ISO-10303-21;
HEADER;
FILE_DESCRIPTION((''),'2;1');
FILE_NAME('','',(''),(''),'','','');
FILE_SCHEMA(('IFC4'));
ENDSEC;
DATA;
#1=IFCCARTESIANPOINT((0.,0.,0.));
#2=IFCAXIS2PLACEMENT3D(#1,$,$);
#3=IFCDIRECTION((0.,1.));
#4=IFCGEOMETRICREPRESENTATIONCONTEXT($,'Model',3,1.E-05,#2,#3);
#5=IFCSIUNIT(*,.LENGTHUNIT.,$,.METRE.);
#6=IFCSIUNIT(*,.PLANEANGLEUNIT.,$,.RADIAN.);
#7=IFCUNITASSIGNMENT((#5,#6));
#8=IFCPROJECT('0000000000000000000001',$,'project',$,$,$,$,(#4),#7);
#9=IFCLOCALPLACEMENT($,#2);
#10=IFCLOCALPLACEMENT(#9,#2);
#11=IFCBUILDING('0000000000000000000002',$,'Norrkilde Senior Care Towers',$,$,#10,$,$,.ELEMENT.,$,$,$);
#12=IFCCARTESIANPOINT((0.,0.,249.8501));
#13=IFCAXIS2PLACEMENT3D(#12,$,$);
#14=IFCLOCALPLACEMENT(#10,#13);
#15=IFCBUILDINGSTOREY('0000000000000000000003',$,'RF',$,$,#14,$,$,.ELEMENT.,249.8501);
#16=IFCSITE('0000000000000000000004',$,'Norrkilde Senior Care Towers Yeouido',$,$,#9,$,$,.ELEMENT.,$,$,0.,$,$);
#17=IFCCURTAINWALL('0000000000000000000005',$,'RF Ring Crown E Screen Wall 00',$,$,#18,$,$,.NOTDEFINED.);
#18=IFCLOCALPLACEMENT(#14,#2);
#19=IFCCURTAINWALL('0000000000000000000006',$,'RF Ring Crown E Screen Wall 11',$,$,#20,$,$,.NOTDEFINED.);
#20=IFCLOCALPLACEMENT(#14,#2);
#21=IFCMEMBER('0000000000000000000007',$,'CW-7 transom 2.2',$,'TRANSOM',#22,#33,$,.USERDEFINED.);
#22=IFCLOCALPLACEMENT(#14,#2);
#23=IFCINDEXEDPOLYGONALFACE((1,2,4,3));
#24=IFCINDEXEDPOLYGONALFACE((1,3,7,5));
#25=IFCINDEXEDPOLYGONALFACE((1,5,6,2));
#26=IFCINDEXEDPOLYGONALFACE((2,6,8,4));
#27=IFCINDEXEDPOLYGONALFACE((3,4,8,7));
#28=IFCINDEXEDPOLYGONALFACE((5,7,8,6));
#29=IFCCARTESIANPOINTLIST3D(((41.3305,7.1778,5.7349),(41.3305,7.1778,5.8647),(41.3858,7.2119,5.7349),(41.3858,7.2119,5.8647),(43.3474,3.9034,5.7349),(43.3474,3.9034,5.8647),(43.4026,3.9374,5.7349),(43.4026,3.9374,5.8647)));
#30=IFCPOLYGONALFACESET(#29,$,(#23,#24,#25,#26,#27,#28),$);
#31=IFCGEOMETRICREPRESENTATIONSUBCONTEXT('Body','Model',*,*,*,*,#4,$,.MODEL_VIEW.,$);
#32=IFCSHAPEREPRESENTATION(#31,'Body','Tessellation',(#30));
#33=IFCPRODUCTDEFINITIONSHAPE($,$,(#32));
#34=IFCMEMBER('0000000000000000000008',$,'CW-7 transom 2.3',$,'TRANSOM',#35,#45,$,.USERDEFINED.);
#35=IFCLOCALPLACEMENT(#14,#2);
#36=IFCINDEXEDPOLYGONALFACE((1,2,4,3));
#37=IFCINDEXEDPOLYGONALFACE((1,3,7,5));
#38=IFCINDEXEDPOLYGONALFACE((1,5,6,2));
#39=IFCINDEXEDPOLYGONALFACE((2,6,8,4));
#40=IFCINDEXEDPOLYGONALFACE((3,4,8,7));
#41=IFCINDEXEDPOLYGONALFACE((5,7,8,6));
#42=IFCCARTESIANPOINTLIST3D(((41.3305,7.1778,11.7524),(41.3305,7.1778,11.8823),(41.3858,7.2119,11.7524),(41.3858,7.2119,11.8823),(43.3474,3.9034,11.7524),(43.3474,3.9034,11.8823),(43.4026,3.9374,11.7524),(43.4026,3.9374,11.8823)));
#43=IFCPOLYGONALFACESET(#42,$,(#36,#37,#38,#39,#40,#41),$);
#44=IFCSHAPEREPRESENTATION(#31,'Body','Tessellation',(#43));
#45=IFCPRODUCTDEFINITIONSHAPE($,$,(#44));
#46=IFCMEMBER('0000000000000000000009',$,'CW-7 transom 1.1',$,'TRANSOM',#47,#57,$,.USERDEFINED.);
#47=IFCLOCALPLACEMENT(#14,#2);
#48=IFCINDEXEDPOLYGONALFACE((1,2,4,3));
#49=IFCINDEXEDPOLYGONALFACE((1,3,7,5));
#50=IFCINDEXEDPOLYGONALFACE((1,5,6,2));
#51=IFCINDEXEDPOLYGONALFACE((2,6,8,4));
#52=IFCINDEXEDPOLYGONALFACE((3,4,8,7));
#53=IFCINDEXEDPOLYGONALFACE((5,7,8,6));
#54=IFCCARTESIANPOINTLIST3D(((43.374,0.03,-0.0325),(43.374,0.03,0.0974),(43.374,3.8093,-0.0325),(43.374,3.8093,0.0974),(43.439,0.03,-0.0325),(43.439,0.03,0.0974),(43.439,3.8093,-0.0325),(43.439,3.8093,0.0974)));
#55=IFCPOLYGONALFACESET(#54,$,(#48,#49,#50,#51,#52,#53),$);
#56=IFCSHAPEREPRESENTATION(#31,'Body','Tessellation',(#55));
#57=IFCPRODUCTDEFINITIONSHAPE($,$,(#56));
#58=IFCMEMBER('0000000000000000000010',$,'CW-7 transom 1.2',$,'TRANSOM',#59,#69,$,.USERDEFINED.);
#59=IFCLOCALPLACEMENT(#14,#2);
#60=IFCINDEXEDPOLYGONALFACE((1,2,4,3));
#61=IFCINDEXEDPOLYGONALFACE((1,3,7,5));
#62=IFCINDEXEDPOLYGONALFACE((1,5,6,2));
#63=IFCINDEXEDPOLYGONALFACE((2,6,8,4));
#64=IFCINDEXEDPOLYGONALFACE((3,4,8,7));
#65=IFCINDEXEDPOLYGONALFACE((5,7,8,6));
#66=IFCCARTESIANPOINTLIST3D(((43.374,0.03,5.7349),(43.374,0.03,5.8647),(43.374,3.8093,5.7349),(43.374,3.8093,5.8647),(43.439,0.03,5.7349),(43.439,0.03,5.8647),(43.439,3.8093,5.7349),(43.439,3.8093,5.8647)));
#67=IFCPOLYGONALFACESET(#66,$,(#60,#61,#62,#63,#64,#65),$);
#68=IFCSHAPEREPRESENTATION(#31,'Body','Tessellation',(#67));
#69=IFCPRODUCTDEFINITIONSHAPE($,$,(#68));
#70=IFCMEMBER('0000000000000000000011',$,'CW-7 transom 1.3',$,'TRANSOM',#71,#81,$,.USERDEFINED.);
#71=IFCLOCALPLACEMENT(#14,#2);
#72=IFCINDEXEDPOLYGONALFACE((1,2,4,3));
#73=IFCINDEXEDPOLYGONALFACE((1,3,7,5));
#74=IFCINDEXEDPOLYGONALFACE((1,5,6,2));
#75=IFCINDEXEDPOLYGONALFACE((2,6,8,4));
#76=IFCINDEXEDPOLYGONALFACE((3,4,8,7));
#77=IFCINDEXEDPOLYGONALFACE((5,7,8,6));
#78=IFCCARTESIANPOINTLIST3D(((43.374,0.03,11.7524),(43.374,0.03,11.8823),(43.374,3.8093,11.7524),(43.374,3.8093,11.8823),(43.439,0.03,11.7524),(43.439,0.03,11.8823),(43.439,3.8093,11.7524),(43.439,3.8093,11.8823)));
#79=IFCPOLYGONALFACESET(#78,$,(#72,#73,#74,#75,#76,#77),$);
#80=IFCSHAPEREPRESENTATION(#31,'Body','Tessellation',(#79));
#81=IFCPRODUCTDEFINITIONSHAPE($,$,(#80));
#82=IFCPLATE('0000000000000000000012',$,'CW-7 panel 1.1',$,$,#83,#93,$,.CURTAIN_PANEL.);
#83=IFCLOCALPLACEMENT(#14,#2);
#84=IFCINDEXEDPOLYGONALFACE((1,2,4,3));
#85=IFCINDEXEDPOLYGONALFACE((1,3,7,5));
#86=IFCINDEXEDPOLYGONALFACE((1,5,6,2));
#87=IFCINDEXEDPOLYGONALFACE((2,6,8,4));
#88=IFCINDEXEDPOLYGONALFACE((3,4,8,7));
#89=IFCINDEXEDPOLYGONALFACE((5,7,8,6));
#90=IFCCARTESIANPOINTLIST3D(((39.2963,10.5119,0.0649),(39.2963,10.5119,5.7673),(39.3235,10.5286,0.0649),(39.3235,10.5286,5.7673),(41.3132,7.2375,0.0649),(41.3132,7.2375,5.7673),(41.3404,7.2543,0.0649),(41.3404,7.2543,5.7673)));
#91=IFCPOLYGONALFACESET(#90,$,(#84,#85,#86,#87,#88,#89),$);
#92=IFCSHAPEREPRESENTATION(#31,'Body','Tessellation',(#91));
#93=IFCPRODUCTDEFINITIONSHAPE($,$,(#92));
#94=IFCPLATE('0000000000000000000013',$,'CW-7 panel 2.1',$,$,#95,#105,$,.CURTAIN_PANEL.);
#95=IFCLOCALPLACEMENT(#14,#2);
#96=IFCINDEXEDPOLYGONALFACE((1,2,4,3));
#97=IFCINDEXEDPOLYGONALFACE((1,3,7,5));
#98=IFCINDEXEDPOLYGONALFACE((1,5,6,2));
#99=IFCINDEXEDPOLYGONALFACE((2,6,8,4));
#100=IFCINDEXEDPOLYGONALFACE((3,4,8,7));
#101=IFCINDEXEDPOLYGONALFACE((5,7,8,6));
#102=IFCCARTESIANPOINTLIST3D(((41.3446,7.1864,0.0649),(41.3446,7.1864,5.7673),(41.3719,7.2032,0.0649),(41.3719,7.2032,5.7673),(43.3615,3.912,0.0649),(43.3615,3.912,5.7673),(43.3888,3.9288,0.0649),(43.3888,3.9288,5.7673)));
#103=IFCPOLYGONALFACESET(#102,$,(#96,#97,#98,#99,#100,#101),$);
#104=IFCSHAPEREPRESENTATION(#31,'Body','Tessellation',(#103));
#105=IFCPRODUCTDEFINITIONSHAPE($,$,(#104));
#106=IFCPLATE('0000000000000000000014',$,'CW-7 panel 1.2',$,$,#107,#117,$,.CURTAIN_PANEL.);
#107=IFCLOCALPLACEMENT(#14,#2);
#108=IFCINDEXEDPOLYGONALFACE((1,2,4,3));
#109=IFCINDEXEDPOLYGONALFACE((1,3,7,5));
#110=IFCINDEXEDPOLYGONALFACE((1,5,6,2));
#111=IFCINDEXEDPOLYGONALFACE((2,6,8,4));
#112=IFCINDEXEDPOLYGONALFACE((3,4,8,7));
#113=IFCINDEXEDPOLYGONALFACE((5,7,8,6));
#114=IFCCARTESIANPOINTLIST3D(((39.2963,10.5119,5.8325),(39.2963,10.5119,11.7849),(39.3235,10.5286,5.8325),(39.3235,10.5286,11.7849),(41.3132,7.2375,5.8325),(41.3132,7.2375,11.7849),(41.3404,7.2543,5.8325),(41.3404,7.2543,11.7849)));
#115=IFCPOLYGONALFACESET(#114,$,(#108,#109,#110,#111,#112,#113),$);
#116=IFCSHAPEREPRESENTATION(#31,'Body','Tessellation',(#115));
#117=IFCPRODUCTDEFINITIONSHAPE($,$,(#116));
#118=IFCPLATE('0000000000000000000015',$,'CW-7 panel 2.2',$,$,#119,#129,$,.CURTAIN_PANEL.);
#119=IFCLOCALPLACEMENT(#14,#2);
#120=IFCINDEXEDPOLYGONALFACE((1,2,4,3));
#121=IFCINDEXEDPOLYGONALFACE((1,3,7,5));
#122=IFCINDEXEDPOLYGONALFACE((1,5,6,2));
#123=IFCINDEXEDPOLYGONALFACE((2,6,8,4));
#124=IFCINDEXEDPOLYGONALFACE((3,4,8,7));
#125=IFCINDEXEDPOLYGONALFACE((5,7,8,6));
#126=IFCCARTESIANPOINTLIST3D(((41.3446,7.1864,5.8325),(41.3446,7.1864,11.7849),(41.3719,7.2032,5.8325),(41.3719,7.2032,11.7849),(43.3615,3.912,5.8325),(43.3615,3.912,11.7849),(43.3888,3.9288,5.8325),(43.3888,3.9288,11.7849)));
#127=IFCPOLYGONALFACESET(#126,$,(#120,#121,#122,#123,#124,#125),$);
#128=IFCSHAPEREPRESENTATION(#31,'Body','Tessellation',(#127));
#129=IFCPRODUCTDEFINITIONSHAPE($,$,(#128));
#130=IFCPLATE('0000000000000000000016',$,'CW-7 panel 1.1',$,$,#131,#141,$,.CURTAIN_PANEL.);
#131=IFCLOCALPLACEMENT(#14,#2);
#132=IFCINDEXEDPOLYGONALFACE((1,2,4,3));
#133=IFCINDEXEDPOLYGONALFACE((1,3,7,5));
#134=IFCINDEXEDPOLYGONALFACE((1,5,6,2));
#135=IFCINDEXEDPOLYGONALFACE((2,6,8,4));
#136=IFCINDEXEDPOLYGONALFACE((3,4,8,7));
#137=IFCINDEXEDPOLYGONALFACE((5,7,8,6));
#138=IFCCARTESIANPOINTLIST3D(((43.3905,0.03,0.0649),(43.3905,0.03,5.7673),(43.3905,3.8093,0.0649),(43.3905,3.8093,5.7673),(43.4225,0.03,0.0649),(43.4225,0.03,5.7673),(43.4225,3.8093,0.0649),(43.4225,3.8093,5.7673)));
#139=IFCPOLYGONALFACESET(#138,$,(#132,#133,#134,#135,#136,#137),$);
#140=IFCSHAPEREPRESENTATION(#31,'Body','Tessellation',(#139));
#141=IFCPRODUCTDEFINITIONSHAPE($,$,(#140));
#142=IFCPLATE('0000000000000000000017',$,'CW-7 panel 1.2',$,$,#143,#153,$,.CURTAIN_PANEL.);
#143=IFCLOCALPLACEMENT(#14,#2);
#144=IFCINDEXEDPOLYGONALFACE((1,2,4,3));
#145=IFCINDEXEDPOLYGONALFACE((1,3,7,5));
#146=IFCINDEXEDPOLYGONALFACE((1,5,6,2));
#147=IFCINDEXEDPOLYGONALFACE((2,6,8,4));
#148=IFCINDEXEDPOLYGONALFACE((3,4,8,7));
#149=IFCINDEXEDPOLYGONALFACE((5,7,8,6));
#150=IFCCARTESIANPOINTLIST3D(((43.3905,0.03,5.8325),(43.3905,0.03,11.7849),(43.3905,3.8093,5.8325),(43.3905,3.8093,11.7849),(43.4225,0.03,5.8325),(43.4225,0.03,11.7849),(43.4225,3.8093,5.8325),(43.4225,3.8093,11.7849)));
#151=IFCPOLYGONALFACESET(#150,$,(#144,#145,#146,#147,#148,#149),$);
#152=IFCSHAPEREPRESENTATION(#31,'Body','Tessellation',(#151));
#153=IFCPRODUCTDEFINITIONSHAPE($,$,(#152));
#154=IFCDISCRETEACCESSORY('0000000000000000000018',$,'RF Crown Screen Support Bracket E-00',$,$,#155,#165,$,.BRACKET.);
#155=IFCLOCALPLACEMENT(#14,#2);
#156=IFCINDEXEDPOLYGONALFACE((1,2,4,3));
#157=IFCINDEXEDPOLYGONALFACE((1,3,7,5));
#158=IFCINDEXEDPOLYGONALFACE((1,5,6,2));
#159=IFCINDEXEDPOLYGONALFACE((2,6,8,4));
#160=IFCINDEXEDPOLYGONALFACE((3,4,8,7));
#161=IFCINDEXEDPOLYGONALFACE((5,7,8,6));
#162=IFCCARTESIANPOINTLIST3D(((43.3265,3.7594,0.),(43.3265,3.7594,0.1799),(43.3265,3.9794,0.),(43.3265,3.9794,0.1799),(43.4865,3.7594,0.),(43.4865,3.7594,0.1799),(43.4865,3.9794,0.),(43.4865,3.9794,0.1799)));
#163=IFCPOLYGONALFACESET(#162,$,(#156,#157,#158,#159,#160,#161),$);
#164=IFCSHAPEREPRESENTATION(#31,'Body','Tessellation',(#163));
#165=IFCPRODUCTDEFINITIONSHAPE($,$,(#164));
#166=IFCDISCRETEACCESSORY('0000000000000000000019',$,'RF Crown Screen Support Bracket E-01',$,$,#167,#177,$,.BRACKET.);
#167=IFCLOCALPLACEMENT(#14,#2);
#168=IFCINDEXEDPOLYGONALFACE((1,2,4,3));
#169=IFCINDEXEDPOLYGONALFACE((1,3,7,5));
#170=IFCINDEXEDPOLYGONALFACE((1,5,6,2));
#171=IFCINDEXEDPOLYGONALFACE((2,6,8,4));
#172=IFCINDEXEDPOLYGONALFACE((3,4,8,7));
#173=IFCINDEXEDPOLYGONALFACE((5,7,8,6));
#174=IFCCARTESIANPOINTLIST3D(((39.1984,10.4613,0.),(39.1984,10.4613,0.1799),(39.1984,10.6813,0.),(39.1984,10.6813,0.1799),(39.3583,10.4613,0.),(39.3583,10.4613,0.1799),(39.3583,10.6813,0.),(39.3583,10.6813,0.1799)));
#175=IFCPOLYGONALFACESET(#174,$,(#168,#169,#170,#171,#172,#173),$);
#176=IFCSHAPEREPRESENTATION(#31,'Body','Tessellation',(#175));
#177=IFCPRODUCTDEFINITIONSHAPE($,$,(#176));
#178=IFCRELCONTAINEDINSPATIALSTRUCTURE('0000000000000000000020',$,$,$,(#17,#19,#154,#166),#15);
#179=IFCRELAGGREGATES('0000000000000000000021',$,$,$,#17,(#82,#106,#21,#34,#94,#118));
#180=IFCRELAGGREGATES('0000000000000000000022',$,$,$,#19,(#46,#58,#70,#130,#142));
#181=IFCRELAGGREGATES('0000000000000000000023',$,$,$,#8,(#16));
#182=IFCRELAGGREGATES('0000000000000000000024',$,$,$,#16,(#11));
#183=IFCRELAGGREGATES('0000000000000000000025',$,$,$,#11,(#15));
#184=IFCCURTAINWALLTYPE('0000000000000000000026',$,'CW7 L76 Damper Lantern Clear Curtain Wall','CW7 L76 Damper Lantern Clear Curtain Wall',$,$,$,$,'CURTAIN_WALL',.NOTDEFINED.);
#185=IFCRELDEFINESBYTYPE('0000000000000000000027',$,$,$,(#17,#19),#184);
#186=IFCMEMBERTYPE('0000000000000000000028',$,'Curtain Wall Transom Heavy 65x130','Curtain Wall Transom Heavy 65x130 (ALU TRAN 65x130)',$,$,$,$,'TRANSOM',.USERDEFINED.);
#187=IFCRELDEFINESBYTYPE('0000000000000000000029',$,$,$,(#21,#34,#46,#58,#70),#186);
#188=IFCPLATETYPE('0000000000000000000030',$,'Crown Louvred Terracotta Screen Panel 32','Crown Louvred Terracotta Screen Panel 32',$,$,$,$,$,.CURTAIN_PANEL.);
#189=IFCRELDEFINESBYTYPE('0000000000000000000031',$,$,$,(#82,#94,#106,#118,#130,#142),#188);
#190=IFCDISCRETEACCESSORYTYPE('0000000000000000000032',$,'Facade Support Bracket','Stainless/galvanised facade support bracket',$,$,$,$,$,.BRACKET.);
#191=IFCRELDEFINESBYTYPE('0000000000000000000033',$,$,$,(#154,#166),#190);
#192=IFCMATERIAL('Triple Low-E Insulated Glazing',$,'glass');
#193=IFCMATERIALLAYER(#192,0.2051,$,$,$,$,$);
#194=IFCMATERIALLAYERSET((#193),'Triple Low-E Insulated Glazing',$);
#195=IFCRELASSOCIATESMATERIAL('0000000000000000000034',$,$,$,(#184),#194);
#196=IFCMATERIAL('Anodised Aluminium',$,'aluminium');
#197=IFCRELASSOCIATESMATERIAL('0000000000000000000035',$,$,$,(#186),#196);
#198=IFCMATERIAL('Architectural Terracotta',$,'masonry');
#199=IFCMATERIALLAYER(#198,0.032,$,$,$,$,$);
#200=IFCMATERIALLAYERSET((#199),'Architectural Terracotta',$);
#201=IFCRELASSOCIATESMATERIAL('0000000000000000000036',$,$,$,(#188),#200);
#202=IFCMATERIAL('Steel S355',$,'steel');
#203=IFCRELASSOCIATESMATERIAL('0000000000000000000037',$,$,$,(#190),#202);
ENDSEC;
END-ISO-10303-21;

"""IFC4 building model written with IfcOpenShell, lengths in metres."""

from ifc_helpers import new_model, si_unit, direction, frame, origin, origin_2d, place, context, subcontext, project, spatial, rectangle, extrude, source, transform, mapped, material, layer, layer_set, material_profile, profile_set, type_object, type_shapes, element, aggregate, save


model = new_model("IFC4")

# Units and contexts
model_context = context("Model", 3, precision=1e-05, world=origin(), true_north=direction((0.0, 1.0)))
body_context = subcontext(model_context, "Body", "Model", "MODEL_VIEW")
ifc_project = project(units=[si_unit("LENGTHUNIT", "METRE"), si_unit("PLANEANGLEUNIT", "RADIAN")], contexts=[model_context])

# Site, building, storey
site_placement = place(None, origin())
site = spatial("IfcSite", under=ifc_project, at=site_placement, Name="Norrkilde Senior Care Towers Yeouido", CompositionType="ELEMENT", RefElevation=0.0)
building_placement = place(site_placement, origin())
building = spatial("IfcBuilding", under=site, at=building_placement, Name="Norrkilde Senior Care Towers", CompositionType="ELEMENT")
storey_placement = place(building_placement, frame((0.0, 0.0, 249.8501)))
storey = spatial("IfcBuildingStorey", under=building, at=storey_placement, Name="RF", CompositionType="ELEMENT", Elevation=249.8501)

# Shared definitions
ifc_material_1 = material(Name="Steel S355", Category="steel")

# Curtain wall
ifc_material_2 = material(Name="Triple Low-E Insulated Glazing", Category="glass")
ifc_layer_1 = layer(ifc_material_2, 0.2051)
ifc_layer_set_1 = layer_set([ifc_layer_1], Name="Triple Low-E Insulated Glazing")
curtain_wall_type = type_object("IfcCurtainWallType", Name="CW7 L76 Damper Lantern Clear Curtain Wall", Description="CW7 L76 Damper Lantern Clear Curtain Wall", ElementType="CURTAIN_WALL", PredefinedType="NOTDEFINED", material=ifc_layer_set_1)
curtain_wall_1_placement = place(storey_placement, origin())
curtain_wall_1 = element("IfcCurtainWall", 1, at=curtain_wall_1_placement, inside=storey, type_object=curtain_wall_type, Name="RF Ring Crown E Screen Wall 00", PredefinedType="NOTDEFINED")
ifc_material_3 = material(Name="Anodised Aluminium", Category="aluminium")

# Curtain wall
curtain_wall_2_placement = place(storey_placement, origin())
curtain_wall_2 = element("IfcCurtainWall", 2, at=curtain_wall_2_placement, inside=storey, type_object=curtain_wall_type, Name="RF Ring Crown E Screen Wall 11", PredefinedType="NOTDEFINED")

# Members
ifc_material_profile_1 = material_profile(ifc_material_3, rectangle(XDim=0.0649, YDim=0.1299, at=origin_2d()), Name="ALU TRAN 65x130")
ifc_profile_set_1 = profile_set([ifc_material_profile_1], Name="Anodised Aluminium")
member_type_1 = type_object("IfcMemberType", Name="Curtain Wall Transom Heavy 65x130", Description="Curtain Wall Transom Heavy 65x130 (ALU TRAN 65x130)", ElementType="TRANSOM", PredefinedType="USERDEFINED", material=ifc_profile_set_1)
shared_shape_1 = source(origin(), body_context, "Body", "SweptSolid", [
    extrude(rectangle(XDim=0.0649, YDim=0.1299, at=origin_2d()), origin(), (0.0, 0.0, 1.0), 3.8457),
])
member_1_placement = place(storey_placement, frame((41.3582, 7.1948, 5.7998), z_axis=(0.524441, -0.851447, 0.0), x_axis=(0.851447, 0.524441, 0.0)))
member_1 = element("IfcMember", 3, at=member_1_placement, type_object=member_type_1, Name="CW-7 transom 2.2", ObjectType="TRANSOM", PredefinedType="USERDEFINED", context=body_context, shape_type="MappedRepresentation", body=[
    mapped(shared_shape_1, transform((0.0, 0.0, 0.0), x_axis=(1.0, 0.0, 0.0), y_axis=(0.0, 1.0, 0.0), z_axis=(0.0, 0.0, 1.0), scale=1.0)),
])
member_2_placement = place(storey_placement, frame((41.3582, 7.1948, 11.8174), z_axis=(0.524441, -0.851447, 0.0), x_axis=(0.851447, 0.524441, 0.0)))
member_2 = element("IfcMember", 4, at=member_2_placement, type_object=member_type_1, Name="CW-7 transom 2.3", ObjectType="TRANSOM", PredefinedType="USERDEFINED", context=body_context, shape_type="MappedRepresentation", body=[
    mapped(shared_shape_1, transform((0.0, 0.0, 0.0), x_axis=(1.0, 0.0, 0.0), y_axis=(0.0, 1.0, 0.0), z_axis=(0.0, 0.0, 1.0), scale=1.0)),
])
shared_shape_2 = source(origin(), body_context, "Body", "SweptSolid", [
    extrude(rectangle(XDim=0.0649, YDim=0.1299, at=origin_2d()), origin(), (0.0, 0.0, 1.0), 3.7793),
])
type_shapes(member_type_1, [shared_shape_1, shared_shape_2])
member_3_placement = place(storey_placement, frame((43.4065, 3.8093, 0.0325), z_axis=(0.0, -1.0, 0.0), x_axis=(1.0, 0.0, 0.0)))
member_3 = element("IfcMember", 5, at=member_3_placement, type_object=member_type_1, Name="CW-7 transom 1.1", ObjectType="TRANSOM", PredefinedType="USERDEFINED", context=body_context, shape_type="MappedRepresentation", body=[
    mapped(shared_shape_2, transform((0.0, 0.0, 0.0), x_axis=(1.0, 0.0, 0.0), y_axis=(0.0, 1.0, 0.0), z_axis=(0.0, 0.0, 1.0), scale=1.0)),
])
member_4_placement = place(storey_placement, frame((43.4065, 3.8093, 5.7998), z_axis=(0.0, -1.0, 0.0), x_axis=(1.0, 0.0, 0.0)))
member_4 = element("IfcMember", 6, at=member_4_placement, type_object=member_type_1, Name="CW-7 transom 1.2", ObjectType="TRANSOM", PredefinedType="USERDEFINED", context=body_context, shape_type="MappedRepresentation", body=[
    mapped(shared_shape_2, transform((0.0, 0.0, 0.0), x_axis=(1.0, 0.0, 0.0), y_axis=(0.0, 1.0, 0.0), z_axis=(0.0, 0.0, 1.0), scale=1.0)),
])
member_5_placement = place(storey_placement, frame((43.4065, 3.8093, 11.8174), z_axis=(0.0, -1.0, 0.0), x_axis=(1.0, 0.0, 0.0)))
member_5 = element("IfcMember", 7, at=member_5_placement, type_object=member_type_1, Name="CW-7 transom 1.3", ObjectType="TRANSOM", PredefinedType="USERDEFINED", context=body_context, shape_type="MappedRepresentation", body=[
    mapped(shared_shape_2, transform((0.0, 0.0, 0.0), x_axis=(1.0, 0.0, 0.0), y_axis=(0.0, 1.0, 0.0), z_axis=(0.0, 0.0, 1.0), scale=1.0)),
])

# Plates
ifc_material_4 = material(Name="Architectural Terracotta", Category="masonry")
ifc_layer_2 = layer(ifc_material_4, 0.032)
ifc_layer_set_2 = layer_set([ifc_layer_2], Name="Architectural Terracotta")
plate_type = type_object("IfcPlateType", Name="Crown Louvred Terracotta Screen Panel 32", Description="Crown Louvred Terracotta Screen Panel 32", PredefinedType="CURTAIN_PANEL", material=ifc_layer_set_2)
shared_shape_3 = source(origin(), body_context, "Body", "SweptSolid", [
    extrude(rectangle(XDim=3.8457, YDim=0.032, at=origin_2d()), origin(), (0.0, 0.0, 1.0), 5.7024),
])
plate_1_placement = place(storey_placement, frame((40.3184, 8.8831, 0.0649), z_axis=(0.0, 0.0, 1.0), x_axis=(0.524458, -0.851436, 0.0)))
plate_1 = element("IfcPlate", 8, at=plate_1_placement, type_object=plate_type, Name="CW-7 panel 1.1", PredefinedType="CURTAIN_PANEL", context=body_context, shape_type="MappedRepresentation", body=[
    mapped(shared_shape_3, transform((0.0, 0.0, 0.0), x_axis=(1.0, 0.0, 0.0), y_axis=(0.0, 1.0, 0.0), z_axis=(0.0, 0.0, 1.0), scale=1.0)),
])
plate_2_placement = place(storey_placement, frame((42.3667, 5.5576, 0.0649), z_axis=(0.0, 0.0, 1.0), x_axis=(0.524458, -0.851436, 0.0)))
plate_2 = element("IfcPlate", 9, at=plate_2_placement, type_object=plate_type, Name="CW-7 panel 2.1", PredefinedType="CURTAIN_PANEL", context=body_context, shape_type="MappedRepresentation", body=[
    mapped(shared_shape_3, transform((0.0, 0.0, 0.0), x_axis=(1.0, 0.0, 0.0), y_axis=(0.0, 1.0, 0.0), z_axis=(0.0, 0.0, 1.0), scale=1.0)),
])
shared_shape_4 = source(origin(), body_context, "Body", "SweptSolid", [
    extrude(rectangle(XDim=3.8457, YDim=0.032, at=origin_2d()), origin(), (0.0, 0.0, 1.0), 5.9524),
])
plate_3_placement = place(storey_placement, frame((40.3184, 8.8831, 5.8325), z_axis=(0.0, 0.0, 1.0), x_axis=(0.524458, -0.851436, 0.0)))
plate_3 = element("IfcPlate", 10, at=plate_3_placement, type_object=plate_type, Name="CW-7 panel 1.2", PredefinedType="CURTAIN_PANEL", context=body_context, shape_type="MappedRepresentation", body=[
    mapped(shared_shape_4, transform((0.0, 0.0, 0.0), x_axis=(1.0, 0.0, 0.0), y_axis=(0.0, 1.0, 0.0), z_axis=(0.0, 0.0, 1.0), scale=1.0)),
])
plate_4_placement = place(storey_placement, frame((42.3667, 5.5576, 5.8325), z_axis=(0.0, 0.0, 1.0), x_axis=(0.524458, -0.851436, 0.0)))
plate_4 = element("IfcPlate", 11, at=plate_4_placement, type_object=plate_type, Name="CW-7 panel 2.2", PredefinedType="CURTAIN_PANEL", context=body_context, shape_type="MappedRepresentation", body=[
    mapped(shared_shape_4, transform((0.0, 0.0, 0.0), x_axis=(1.0, 0.0, 0.0), y_axis=(0.0, 1.0, 0.0), z_axis=(0.0, 0.0, 1.0), scale=1.0)),
])
aggregate(curtain_wall_1, [plate_1, plate_3, member_1, member_2, plate_2, plate_4])
shared_shape_5 = source(origin(), body_context, "Body", "SweptSolid", [
    extrude(rectangle(XDim=3.7793, YDim=0.032, at=origin_2d()), origin(), (0.0, 0.0, 1.0), 5.7024),
])
plate_5_placement = place(storey_placement, frame((43.4065, 1.9197, 0.0649), z_axis=(0.0, 0.0, 1.0), x_axis=(0.0, -1.0, 0.0)))
plate_5 = element("IfcPlate", 12, at=plate_5_placement, type_object=plate_type, Name="CW-7 panel 1.1", PredefinedType="CURTAIN_PANEL", context=body_context, shape_type="MappedRepresentation", body=[
    mapped(shared_shape_5, transform((0.0, 0.0, 0.0), x_axis=(1.0, 0.0, 0.0), y_axis=(0.0, 1.0, 0.0), z_axis=(0.0, 0.0, 1.0), scale=1.0)),
])
shared_shape_6 = source(origin(), body_context, "Body", "SweptSolid", [
    extrude(rectangle(XDim=3.7793, YDim=0.032, at=origin_2d()), origin(), (0.0, 0.0, 1.0), 5.9524),
])
type_shapes(plate_type, [shared_shape_3, shared_shape_4, shared_shape_5, shared_shape_6])
plate_6_placement = place(storey_placement, frame((43.4065, 1.9197, 5.8325), z_axis=(0.0, 0.0, 1.0), x_axis=(0.0, -1.0, 0.0)))
plate_6 = element("IfcPlate", 13, at=plate_6_placement, type_object=plate_type, Name="CW-7 panel 1.2", PredefinedType="CURTAIN_PANEL", context=body_context, shape_type="MappedRepresentation", body=[
    mapped(shared_shape_6, transform((0.0, 0.0, 0.0), x_axis=(1.0, 0.0, 0.0), y_axis=(0.0, 1.0, 0.0), z_axis=(0.0, 0.0, 1.0), scale=1.0)),
])
aggregate(curtain_wall_2, [member_3, member_4, member_5, plate_5, plate_6])

# Discrete accessories
discrete_accessory_type = type_object("IfcDiscreteAccessoryType", Name="Facade Support Bracket", Description="Stainless/galvanised facade support bracket", PredefinedType="BRACKET", material=ifc_material_1)
shared_shape_7 = source(origin(), body_context, "Body", "SweptSolid", [
    extrude(rectangle(XDim=0.1599, YDim=0.22, at=origin_2d()), origin(), (0.0, 0.0, 1.0), 0.1799),
])
type_shapes(discrete_accessory_type, [shared_shape_7])
for number, where, z_axis, x_axis, name in (
    (14, (43.4065, 3.8694, 0.0), (0.0, 0.0, 1.0), (1.0, 0.0, 0.0), "RF Crown Screen Support Bracket E-00"),
    (15, (39.2783, 10.5713, 0.0), (0.0, 0.0, 1.0), (1.0, 0.0, 0.0), "RF Crown Screen Support Bracket E-01"),
):
    element("IfcDiscreteAccessory", number, at=place(storey_placement, frame(where, z_axis=z_axis, x_axis=x_axis)), inside=storey, type_object=discrete_accessory_type, Name=name, PredefinedType="BRACKET", context=body_context, shape_type="MappedRepresentation", body=[
        mapped(shared_shape_7, transform((0.0, 0.0, 0.0), x_axis=(1.0, 0.0, 0.0), y_axis=(0.0, 1.0, 0.0), z_axis=(0.0, 0.0, 1.0), scale=1.0)),
    ])

save(model, "model.ifc")
